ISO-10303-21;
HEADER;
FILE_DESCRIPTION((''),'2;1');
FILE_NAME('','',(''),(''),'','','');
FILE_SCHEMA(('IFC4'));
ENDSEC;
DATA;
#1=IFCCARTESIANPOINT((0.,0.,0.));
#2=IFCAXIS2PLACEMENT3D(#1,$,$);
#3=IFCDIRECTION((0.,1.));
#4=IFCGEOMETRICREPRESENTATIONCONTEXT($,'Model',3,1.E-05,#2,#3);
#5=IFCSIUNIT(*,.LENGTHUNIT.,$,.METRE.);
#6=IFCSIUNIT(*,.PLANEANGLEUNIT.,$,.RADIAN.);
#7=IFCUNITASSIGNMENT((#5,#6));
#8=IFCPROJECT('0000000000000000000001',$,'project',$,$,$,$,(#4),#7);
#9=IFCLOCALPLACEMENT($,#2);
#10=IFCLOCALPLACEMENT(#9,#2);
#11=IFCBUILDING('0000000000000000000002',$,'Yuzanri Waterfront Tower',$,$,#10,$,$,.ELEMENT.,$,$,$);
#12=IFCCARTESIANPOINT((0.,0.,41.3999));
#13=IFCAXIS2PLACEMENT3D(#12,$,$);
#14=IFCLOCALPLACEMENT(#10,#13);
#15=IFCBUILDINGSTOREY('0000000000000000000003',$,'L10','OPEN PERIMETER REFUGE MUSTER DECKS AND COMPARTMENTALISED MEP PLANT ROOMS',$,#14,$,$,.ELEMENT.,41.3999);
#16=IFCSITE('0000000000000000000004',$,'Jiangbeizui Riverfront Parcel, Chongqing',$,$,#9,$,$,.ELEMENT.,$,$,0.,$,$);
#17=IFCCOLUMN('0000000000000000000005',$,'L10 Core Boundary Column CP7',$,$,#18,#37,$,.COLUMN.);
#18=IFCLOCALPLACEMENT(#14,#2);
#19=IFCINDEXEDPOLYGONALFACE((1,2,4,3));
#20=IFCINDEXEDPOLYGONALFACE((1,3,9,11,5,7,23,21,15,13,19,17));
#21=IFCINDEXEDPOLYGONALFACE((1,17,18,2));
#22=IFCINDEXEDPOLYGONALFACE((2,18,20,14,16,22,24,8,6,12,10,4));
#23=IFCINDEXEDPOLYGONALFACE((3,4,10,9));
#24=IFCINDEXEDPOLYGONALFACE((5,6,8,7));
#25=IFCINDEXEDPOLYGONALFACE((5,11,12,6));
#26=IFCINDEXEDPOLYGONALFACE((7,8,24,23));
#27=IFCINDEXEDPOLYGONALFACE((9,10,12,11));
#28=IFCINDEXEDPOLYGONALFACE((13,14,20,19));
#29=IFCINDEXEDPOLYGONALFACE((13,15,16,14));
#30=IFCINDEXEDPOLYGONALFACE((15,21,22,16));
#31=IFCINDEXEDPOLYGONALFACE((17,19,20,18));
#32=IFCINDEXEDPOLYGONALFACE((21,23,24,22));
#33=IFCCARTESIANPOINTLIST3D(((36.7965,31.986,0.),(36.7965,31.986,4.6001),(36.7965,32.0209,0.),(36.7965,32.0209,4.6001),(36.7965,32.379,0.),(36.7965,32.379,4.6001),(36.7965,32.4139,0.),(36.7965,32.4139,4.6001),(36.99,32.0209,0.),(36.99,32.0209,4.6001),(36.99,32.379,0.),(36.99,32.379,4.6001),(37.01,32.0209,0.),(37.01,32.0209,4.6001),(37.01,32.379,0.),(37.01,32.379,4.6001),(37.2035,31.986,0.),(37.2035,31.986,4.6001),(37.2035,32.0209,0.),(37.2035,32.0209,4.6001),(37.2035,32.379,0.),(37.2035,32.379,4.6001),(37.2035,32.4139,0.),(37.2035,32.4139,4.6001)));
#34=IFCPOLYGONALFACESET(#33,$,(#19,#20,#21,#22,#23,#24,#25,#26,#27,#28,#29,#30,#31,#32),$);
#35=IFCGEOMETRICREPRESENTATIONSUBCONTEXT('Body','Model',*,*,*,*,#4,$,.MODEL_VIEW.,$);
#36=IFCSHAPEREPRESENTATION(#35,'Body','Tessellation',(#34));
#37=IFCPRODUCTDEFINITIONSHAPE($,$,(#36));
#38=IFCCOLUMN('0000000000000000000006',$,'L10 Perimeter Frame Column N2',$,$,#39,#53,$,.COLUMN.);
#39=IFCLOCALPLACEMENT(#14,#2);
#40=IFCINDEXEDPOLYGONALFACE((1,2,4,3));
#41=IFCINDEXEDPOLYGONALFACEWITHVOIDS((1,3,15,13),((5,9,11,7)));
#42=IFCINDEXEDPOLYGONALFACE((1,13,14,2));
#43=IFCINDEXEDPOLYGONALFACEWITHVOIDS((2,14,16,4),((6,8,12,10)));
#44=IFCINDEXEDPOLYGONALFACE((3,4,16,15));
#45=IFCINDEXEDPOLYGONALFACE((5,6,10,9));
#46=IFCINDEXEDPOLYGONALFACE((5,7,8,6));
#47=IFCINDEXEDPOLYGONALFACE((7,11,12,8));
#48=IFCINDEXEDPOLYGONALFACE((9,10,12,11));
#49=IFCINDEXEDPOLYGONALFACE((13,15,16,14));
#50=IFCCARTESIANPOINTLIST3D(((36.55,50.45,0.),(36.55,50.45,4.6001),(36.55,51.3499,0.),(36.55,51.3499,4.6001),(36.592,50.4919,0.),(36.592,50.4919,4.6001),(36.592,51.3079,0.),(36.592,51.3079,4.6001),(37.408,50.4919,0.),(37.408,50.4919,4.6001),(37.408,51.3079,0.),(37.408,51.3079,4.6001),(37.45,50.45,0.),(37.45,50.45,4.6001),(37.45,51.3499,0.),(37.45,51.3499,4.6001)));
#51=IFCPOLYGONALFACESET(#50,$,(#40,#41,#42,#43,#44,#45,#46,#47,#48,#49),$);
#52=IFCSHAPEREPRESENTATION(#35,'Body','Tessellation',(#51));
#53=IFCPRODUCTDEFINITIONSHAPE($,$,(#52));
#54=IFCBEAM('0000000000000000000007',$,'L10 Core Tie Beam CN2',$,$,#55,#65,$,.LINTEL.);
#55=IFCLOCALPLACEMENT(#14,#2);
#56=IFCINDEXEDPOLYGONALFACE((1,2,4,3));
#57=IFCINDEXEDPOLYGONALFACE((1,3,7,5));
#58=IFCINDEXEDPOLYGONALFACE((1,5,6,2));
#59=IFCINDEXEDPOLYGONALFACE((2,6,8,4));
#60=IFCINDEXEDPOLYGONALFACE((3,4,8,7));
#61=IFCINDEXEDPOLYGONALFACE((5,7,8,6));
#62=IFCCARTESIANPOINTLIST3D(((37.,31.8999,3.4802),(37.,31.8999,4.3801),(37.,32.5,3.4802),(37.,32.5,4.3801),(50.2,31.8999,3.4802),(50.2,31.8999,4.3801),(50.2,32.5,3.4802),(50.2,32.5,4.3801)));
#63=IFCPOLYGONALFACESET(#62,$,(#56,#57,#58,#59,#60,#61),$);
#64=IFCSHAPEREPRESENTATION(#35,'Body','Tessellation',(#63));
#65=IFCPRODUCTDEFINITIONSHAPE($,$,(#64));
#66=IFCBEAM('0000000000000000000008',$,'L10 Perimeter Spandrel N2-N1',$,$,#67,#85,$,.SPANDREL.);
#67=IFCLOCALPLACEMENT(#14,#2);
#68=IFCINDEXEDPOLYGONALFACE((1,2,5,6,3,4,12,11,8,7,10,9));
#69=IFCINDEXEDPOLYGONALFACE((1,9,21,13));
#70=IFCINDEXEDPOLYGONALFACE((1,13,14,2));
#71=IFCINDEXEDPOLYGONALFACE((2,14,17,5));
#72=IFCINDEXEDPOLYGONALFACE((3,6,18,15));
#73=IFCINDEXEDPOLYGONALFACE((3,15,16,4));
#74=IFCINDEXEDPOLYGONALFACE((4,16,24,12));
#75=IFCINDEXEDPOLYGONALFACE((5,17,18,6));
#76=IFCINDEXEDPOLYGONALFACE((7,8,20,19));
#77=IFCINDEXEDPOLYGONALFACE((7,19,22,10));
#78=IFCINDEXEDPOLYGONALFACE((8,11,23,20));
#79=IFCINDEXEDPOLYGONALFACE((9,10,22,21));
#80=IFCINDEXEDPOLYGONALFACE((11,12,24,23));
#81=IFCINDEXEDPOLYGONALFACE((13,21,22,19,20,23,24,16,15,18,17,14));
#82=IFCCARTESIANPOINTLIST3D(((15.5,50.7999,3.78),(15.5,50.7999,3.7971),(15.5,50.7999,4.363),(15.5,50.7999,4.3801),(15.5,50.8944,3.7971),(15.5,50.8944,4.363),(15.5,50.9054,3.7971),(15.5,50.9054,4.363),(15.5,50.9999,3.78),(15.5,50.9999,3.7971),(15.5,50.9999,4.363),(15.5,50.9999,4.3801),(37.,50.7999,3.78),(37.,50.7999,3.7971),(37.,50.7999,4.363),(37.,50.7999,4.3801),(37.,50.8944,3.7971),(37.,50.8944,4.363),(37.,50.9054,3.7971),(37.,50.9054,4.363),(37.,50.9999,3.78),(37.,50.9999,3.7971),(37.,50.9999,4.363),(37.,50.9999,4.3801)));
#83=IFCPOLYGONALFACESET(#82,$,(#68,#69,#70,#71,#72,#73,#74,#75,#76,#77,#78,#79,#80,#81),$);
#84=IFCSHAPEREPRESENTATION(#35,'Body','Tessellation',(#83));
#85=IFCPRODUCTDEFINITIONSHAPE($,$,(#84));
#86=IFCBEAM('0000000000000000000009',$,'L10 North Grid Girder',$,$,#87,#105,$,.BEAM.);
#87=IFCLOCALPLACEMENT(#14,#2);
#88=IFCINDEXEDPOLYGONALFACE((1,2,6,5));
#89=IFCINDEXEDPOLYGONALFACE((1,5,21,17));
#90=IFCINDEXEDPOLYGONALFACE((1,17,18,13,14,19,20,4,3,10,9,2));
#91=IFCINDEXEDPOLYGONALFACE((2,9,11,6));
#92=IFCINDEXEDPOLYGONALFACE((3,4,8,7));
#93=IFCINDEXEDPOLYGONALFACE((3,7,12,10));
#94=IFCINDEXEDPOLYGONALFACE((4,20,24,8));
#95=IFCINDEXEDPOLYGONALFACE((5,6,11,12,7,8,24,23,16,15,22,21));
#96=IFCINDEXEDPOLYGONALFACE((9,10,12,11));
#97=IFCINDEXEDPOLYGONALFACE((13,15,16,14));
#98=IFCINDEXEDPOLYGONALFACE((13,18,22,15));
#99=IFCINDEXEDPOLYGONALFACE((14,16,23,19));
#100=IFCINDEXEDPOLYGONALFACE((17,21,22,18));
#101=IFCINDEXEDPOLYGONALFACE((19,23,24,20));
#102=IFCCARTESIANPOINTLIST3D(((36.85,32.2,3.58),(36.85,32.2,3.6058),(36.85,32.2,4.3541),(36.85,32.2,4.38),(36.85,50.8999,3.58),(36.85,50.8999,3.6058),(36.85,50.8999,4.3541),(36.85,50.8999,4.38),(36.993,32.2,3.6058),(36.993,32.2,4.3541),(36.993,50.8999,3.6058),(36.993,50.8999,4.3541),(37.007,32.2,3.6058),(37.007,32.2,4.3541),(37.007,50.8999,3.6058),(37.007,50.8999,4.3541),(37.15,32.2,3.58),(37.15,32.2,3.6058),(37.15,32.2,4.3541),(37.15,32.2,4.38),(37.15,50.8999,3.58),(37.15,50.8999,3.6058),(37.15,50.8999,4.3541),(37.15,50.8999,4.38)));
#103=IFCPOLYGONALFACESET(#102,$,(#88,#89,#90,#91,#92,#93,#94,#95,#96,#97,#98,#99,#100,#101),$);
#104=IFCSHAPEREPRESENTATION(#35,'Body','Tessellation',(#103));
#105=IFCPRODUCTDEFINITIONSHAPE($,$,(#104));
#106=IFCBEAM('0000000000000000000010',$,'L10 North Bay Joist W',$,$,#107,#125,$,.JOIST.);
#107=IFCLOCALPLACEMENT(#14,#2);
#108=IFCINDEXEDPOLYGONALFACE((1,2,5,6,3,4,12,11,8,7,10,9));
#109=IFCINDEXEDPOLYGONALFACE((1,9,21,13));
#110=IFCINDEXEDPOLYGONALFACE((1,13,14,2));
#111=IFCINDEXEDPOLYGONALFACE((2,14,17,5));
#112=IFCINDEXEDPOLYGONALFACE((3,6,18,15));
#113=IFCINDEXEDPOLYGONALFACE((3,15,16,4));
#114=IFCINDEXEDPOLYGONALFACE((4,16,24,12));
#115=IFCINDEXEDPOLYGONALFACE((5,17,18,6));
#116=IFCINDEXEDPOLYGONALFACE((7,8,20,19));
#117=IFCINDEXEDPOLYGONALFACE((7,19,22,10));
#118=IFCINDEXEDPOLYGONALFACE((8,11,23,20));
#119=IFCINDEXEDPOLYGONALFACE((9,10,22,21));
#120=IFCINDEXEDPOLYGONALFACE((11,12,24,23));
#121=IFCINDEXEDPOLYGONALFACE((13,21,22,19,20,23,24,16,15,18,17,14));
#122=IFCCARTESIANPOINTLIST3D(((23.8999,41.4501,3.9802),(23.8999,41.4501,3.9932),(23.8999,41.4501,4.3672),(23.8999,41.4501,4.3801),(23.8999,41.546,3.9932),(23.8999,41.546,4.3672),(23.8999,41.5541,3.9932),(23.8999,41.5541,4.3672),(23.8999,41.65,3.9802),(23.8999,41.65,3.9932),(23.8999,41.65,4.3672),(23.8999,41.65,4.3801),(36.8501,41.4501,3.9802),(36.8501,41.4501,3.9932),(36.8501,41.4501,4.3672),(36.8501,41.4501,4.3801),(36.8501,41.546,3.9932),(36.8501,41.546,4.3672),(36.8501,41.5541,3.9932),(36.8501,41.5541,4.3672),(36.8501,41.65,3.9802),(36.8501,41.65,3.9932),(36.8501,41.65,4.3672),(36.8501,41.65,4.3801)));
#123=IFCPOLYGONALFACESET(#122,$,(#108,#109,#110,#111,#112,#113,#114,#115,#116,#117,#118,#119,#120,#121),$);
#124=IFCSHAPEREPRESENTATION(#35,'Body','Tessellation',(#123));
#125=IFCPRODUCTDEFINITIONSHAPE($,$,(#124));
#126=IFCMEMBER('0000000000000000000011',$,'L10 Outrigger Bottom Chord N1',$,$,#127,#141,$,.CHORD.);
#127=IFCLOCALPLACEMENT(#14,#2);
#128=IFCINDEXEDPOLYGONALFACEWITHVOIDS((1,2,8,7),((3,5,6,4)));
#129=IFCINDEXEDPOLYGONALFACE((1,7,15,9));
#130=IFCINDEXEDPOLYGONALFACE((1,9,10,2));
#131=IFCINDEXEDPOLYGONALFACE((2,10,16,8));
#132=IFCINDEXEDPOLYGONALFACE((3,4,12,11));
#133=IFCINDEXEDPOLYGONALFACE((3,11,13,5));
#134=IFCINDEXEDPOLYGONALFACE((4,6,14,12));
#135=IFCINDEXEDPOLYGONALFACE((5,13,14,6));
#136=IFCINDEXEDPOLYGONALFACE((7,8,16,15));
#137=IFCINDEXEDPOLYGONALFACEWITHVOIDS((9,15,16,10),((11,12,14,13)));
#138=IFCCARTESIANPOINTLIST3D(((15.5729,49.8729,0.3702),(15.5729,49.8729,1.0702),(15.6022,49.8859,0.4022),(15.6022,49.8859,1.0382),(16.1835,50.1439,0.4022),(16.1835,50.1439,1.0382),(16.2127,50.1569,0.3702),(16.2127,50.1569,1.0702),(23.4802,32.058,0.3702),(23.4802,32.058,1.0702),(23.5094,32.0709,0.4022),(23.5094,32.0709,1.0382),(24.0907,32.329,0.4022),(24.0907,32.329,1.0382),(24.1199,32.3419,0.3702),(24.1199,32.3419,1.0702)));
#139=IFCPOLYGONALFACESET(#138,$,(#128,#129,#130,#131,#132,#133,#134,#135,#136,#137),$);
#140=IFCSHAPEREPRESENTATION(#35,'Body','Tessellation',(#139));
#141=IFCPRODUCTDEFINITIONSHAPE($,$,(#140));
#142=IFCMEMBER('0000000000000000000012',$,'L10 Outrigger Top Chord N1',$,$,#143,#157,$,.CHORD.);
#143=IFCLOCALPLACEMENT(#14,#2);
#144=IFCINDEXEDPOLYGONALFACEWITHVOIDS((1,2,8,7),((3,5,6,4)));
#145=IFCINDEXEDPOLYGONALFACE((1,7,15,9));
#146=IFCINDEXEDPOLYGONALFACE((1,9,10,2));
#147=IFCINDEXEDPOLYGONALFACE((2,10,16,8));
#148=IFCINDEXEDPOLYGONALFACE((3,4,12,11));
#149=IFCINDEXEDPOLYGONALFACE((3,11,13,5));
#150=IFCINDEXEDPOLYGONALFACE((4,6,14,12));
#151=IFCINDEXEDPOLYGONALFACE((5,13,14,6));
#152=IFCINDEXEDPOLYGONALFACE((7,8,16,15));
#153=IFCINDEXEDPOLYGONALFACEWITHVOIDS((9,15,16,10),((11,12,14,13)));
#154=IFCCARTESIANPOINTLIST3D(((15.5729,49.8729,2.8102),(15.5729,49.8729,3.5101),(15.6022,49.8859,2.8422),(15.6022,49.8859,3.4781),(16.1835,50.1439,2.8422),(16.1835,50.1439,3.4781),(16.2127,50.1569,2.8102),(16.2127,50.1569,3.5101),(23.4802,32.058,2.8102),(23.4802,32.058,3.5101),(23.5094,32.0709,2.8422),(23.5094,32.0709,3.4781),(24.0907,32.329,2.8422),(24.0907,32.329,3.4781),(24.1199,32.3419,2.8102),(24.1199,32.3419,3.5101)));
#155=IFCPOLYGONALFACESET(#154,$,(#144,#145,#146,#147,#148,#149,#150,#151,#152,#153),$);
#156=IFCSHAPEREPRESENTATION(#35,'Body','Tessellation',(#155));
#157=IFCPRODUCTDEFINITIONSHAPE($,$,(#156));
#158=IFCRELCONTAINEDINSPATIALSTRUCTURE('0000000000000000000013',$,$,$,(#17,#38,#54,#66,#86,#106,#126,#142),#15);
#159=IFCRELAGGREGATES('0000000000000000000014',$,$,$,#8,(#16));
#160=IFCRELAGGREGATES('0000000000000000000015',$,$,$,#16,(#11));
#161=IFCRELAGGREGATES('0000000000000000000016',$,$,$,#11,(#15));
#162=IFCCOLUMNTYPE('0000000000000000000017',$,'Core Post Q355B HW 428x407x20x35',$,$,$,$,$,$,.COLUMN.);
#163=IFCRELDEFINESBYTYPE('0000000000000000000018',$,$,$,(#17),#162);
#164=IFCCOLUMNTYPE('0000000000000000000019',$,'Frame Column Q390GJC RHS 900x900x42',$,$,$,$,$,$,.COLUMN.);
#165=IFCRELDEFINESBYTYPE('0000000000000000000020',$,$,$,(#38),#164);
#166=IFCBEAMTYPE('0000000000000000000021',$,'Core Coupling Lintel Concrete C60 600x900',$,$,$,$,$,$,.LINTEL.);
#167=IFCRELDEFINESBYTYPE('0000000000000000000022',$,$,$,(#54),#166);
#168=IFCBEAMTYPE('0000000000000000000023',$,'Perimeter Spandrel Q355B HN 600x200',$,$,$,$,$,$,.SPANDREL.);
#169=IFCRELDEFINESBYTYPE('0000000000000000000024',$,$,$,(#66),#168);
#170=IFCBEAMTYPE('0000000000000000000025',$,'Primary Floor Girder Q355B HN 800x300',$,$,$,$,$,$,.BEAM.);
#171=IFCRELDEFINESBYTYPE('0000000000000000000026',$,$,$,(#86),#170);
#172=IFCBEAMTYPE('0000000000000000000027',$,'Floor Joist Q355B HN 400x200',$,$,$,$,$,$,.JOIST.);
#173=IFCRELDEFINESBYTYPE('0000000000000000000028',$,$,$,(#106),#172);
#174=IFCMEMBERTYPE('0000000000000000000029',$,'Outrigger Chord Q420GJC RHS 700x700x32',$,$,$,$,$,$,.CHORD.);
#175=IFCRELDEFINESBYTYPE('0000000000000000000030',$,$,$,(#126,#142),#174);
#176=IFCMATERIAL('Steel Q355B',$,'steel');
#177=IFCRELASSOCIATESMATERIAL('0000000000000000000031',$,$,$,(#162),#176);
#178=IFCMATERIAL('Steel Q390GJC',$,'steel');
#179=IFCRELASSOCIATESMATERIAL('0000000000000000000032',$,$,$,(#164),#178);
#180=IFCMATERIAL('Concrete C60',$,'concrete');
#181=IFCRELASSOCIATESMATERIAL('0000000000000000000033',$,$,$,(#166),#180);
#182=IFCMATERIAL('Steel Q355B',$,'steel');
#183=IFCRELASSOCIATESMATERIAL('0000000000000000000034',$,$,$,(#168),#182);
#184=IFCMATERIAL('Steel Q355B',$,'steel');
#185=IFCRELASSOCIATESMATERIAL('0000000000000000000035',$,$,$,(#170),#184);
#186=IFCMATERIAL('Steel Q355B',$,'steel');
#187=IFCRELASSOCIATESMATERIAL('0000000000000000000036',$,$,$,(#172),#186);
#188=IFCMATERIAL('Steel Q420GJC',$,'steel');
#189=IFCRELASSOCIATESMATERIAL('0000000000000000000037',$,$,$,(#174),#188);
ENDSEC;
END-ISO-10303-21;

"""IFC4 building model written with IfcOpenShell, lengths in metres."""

from ifc_helpers import new_model, si_unit, direction, frame, origin, origin_2d, place, context, subcontext, project, spatial, rectangle, hollow_rectangle, i_section, extrude, source, transform, mapped, material, material_profile, profile_set, type_object, element, save


model = new_model("IFC4")

# Units and contexts
model_context = context("Model", 3, precision=1e-05, world=origin(), true_north=direction((0.0, 1.0)))
body_context = subcontext(model_context, "Body", "Model", "MODEL_VIEW")
ifc_project = project(units=[si_unit("LENGTHUNIT", "METRE"), si_unit("PLANEANGLEUNIT", "RADIAN")], contexts=[model_context])

# Site, building, storey
site_placement = place(None, origin())
site = spatial("IfcSite", under=ifc_project, at=site_placement, Name="Jiangbeizui Riverfront Parcel, Chongqing", CompositionType="ELEMENT", RefElevation=0.0)
building_placement = place(site_placement, origin())
building = spatial("IfcBuilding", under=site, at=building_placement, Name="Yuzanri Waterfront Tower", CompositionType="ELEMENT")
storey_placement = place(building_placement, frame((0.0, 0.0, 41.3999)))
storey = spatial("IfcBuildingStorey", under=building, at=storey_placement, Name="L10", Description="OPEN PERIMETER REFUGE MUSTER DECKS AND COMPARTMENTALISED MEP PLANT ROOMS", CompositionType="ELEMENT", Elevation=41.3999)

# Columns
ifc_material_1 = material(Name="Steel Q355B", Category="steel")
ifc_material_profile_1 = material_profile(ifc_material_1, i_section(OverallWidth=0.407, OverallDepth=0.428, WebThickness=0.02, FlangeThickness=0.0349, at=origin_2d()), Name="HW 428x407x20x35")
ifc_profile_set_1 = profile_set([ifc_material_profile_1], Name="Steel Q355B")
column_type_1 = type_object("IfcColumnType", Name="Core Post Q355B HW 428x407x20x35", PredefinedType="COLUMN", material=ifc_profile_set_1)
shared_shape_1 = source(origin(), body_context, "Body", "SweptSolid", [
    extrude(i_section(OverallWidth=0.407, OverallDepth=0.428, WebThickness=0.02, FlangeThickness=0.0349, at=origin_2d()), origin(), (0.0, 0.0, 1.0), 4.6001),
])
column_1_placement = place(storey_placement, frame((37.0, 32.2, 0.0), z_axis=(0.0, 0.0, 1.0), x_axis=(1.0, 0.0, 0.0)))
element("IfcColumn", 1, at=column_1_placement, inside=storey, type_object=column_type_1, Name="L10 Core Boundary Column CP7", PredefinedType="COLUMN", context=body_context, shape_type="MappedRepresentation", body=[
    mapped(shared_shape_1, transform((0.0, 0.0, 0.0), scale=1.0)),
])
ifc_material_2 = material(Name="Steel Q390GJC", Category="steel")
ifc_material_profile_2 = material_profile(ifc_material_2, hollow_rectangle(XDim=0.8999, YDim=0.8999, WallThickness=0.042, at=origin_2d()), Name="RHS 900x900x42")
ifc_profile_set_2 = profile_set([ifc_material_profile_2], Name="Steel Q390GJC")
column_type_2 = type_object("IfcColumnType", Name="Frame Column Q390GJC RHS 900x900x42", PredefinedType="COLUMN", material=ifc_profile_set_2)
shared_shape_2 = source(origin(), body_context, "Body", "SweptSolid", [
    extrude(hollow_rectangle(XDim=0.8999, YDim=0.8999, WallThickness=0.042, at=origin_2d()), origin(), (0.0, 0.0, 1.0), 4.6001),
])
column_2_placement = place(storey_placement, frame((37.0, 50.8999, 0.0), z_axis=(0.0, 0.0, 1.0), x_axis=(1.0, 0.0, 0.0)))
element("IfcColumn", 2, at=column_2_placement, inside=storey, type_object=column_type_2, Name="L10 Perimeter Frame Column N2", PredefinedType="COLUMN", context=body_context, shape_type="MappedRepresentation", body=[
    mapped(shared_shape_2, transform((0.0, 0.0, 0.0), scale=1.0)),
])

# Beams
ifc_material_3 = material(Name="Concrete C60", Category="concrete")
ifc_material_profile_3 = material_profile(ifc_material_3, rectangle(XDim=0.6001, YDim=0.8999, at=origin_2d()), Name="RC 600x900")
ifc_profile_set_3 = profile_set([ifc_material_profile_3], Name="Concrete C60")
beam_type_1 = type_object("IfcBeamType", Name="Core Coupling Lintel Concrete C60 600x900", PredefinedType="LINTEL", material=ifc_profile_set_3)
shared_shape_3 = source(origin(), body_context, "Body", "SweptSolid", [
    extrude(rectangle(XDim=0.6001, YDim=0.8999, at=origin_2d()), origin(), (0.0, 0.0, 1.0), 13.2),
])
beam_1_placement = place(storey_placement, frame((37.0, 32.2, 3.9302), z_axis=(1.0, 0.0, 0.0), x_axis=(0.0, 1.0, 0.0)))
element("IfcBeam", 3, at=beam_1_placement, inside=storey, type_object=beam_type_1, Name="L10 Core Tie Beam CN2", PredefinedType="LINTEL", context=body_context, shape_type="MappedRepresentation", body=[
    mapped(shared_shape_3, transform((0.0, 0.0, 0.0), scale=1.0)),
])
ifc_material_4 = material(Name="Steel Q355B", Category="steel")
ifc_material_profile_4 = material_profile(ifc_material_4, i_section(OverallWidth=0.2, OverallDepth=0.6001, WebThickness=0.011, FlangeThickness=0.0171, at=origin_2d()), Name="HN 600x200x11x17")
ifc_profile_set_4 = profile_set([ifc_material_profile_4], Name="Steel Q355B")
beam_type_2 = type_object("IfcBeamType", Name="Perimeter Spandrel Q355B HN 600x200", PredefinedType="SPANDREL", material=ifc_profile_set_4)
shared_shape_4 = source(origin(), body_context, "Body", "SweptSolid", [
    extrude(i_section(OverallWidth=0.2, OverallDepth=0.6001, WebThickness=0.011, FlangeThickness=0.0171, at=origin_2d()), origin(), (0.0, 0.0, 1.0), 21.5),
])
beam_2_placement = place(storey_placement, frame((37.0, 50.8999, 4.0801), z_axis=(-1.0, 0.0, 0.0), x_axis=(0.0, -1.0, 0.0)))
element("IfcBeam", 4, at=beam_2_placement, inside=storey, type_object=beam_type_2, Name="L10 Perimeter Spandrel N2-N1", PredefinedType="SPANDREL", context=body_context, shape_type="MappedRepresentation", body=[
    mapped(shared_shape_4, transform((0.0, 0.0, 0.0), scale=1.0)),
])
ifc_material_5 = material(Name="Steel Q355B", Category="steel")
ifc_material_profile_5 = material_profile(ifc_material_5, i_section(OverallWidth=0.3, OverallDepth=0.8, WebThickness=0.0139, FlangeThickness=0.0259, at=origin_2d()), Name="HN 800x300x14x26")
ifc_profile_set_5 = profile_set([ifc_material_profile_5], Name="Steel Q355B")
beam_type_3 = type_object("IfcBeamType", Name="Primary Floor Girder Q355B HN 800x300", PredefinedType="BEAM", material=ifc_profile_set_5)
shared_shape_5 = source(origin(), body_context, "Body", "SweptSolid", [
    extrude(i_section(OverallWidth=0.3, OverallDepth=0.8, WebThickness=0.0139, FlangeThickness=0.0259, at=origin_2d()), origin(), (0.0, 0.0, 1.0), 18.7),
])
beam_3_placement = place(storey_placement, frame((37.0, 32.2, 3.98), z_axis=(0.0, 1.0, 0.0), x_axis=(-1.0, 0.0, 0.0)))
element("IfcBeam", 5, at=beam_3_placement, inside=storey, type_object=beam_type_3, Name="L10 North Grid Girder", PredefinedType="BEAM", context=body_context, shape_type="MappedRepresentation", body=[
    mapped(shared_shape_5, transform((0.0, 0.0, 0.0), scale=1.0)),
])
ifc_material_6 = material(Name="Steel Q355B", Category="steel")
ifc_material_profile_6 = material_profile(ifc_material_6, i_section(OverallWidth=0.2, OverallDepth=0.3999, WebThickness=0.0081, FlangeThickness=0.0129, at=origin_2d()), Name="HN 400x200x8x13")
ifc_profile_set_6 = profile_set([ifc_material_profile_6], Name="Steel Q355B")
beam_type_4 = type_object("IfcBeamType", Name="Floor Joist Q355B HN 400x200", PredefinedType="JOIST", material=ifc_profile_set_6)
shared_shape_6 = source(origin(), body_context, "Body", "SweptSolid", [
    extrude(i_section(OverallWidth=0.2, OverallDepth=0.3999, WebThickness=0.0081, FlangeThickness=0.0129, at=origin_2d()), origin(), (0.0, 0.0, 1.0), 12.9502),
])
beam_4_placement = place(storey_placement, frame((23.8999, 41.55, 4.1802), z_axis=(1.0, 0.0, 0.0), x_axis=(0.0, 1.0, 0.0)))
element("IfcBeam", 6, at=beam_4_placement, inside=storey, type_object=beam_type_4, Name="L10 North Bay Joist W", PredefinedType="JOIST", context=body_context, shape_type="MappedRepresentation", body=[
    mapped(shared_shape_6, transform((0.0, 0.0, 0.0), scale=1.0)),
])

# Members
ifc_material_7 = material(Name="Steel Q420GJC", Category="steel")
ifc_material_profile_7 = material_profile(ifc_material_7, hollow_rectangle(XDim=0.7, YDim=0.7, WallThickness=0.032, at=origin_2d()), Name="RHS 700x700x32")
ifc_profile_set_7 = profile_set([ifc_material_profile_7], Name="Steel Q420GJC")
member_type_1 = type_object("IfcMemberType", Name="Outrigger Chord Q420GJC RHS 700x700x32", PredefinedType="CHORD", material=ifc_profile_set_7)
shared_shape_7 = source(origin(), body_context, "Body", "SweptSolid", [
    extrude(hollow_rectangle(XDim=0.7, YDim=0.7, WallThickness=0.032, at=origin_2d()), origin(), (0.0, 0.0, 1.0), 19.491),
])
for number, where, z_axis, x_axis, name in (
    (7, (23.8, 32.2, 0.7202), (-0.405687, 0.914012, 0.0), (-0.914012, -0.405687, 0.0), "L10 Outrigger Bottom Chord N1"),
    (8, (23.8, 32.2, 3.1602), (-0.405687, 0.914012, 0.0), (-0.914012, -0.405687, 0.0), "L10 Outrigger Top Chord N1"),
):
    element("IfcMember", number, at=place(storey_placement, frame(where, z_axis=z_axis, x_axis=x_axis)), inside=storey, type_object=member_type_1, Name=name, PredefinedType="CHORD", context=body_context, shape_type="MappedRepresentation", body=[
        mapped(shared_shape_7, transform((0.0, 0.0, 0.0), scale=1.0)),
    ])

save(model, "model.ifc")
